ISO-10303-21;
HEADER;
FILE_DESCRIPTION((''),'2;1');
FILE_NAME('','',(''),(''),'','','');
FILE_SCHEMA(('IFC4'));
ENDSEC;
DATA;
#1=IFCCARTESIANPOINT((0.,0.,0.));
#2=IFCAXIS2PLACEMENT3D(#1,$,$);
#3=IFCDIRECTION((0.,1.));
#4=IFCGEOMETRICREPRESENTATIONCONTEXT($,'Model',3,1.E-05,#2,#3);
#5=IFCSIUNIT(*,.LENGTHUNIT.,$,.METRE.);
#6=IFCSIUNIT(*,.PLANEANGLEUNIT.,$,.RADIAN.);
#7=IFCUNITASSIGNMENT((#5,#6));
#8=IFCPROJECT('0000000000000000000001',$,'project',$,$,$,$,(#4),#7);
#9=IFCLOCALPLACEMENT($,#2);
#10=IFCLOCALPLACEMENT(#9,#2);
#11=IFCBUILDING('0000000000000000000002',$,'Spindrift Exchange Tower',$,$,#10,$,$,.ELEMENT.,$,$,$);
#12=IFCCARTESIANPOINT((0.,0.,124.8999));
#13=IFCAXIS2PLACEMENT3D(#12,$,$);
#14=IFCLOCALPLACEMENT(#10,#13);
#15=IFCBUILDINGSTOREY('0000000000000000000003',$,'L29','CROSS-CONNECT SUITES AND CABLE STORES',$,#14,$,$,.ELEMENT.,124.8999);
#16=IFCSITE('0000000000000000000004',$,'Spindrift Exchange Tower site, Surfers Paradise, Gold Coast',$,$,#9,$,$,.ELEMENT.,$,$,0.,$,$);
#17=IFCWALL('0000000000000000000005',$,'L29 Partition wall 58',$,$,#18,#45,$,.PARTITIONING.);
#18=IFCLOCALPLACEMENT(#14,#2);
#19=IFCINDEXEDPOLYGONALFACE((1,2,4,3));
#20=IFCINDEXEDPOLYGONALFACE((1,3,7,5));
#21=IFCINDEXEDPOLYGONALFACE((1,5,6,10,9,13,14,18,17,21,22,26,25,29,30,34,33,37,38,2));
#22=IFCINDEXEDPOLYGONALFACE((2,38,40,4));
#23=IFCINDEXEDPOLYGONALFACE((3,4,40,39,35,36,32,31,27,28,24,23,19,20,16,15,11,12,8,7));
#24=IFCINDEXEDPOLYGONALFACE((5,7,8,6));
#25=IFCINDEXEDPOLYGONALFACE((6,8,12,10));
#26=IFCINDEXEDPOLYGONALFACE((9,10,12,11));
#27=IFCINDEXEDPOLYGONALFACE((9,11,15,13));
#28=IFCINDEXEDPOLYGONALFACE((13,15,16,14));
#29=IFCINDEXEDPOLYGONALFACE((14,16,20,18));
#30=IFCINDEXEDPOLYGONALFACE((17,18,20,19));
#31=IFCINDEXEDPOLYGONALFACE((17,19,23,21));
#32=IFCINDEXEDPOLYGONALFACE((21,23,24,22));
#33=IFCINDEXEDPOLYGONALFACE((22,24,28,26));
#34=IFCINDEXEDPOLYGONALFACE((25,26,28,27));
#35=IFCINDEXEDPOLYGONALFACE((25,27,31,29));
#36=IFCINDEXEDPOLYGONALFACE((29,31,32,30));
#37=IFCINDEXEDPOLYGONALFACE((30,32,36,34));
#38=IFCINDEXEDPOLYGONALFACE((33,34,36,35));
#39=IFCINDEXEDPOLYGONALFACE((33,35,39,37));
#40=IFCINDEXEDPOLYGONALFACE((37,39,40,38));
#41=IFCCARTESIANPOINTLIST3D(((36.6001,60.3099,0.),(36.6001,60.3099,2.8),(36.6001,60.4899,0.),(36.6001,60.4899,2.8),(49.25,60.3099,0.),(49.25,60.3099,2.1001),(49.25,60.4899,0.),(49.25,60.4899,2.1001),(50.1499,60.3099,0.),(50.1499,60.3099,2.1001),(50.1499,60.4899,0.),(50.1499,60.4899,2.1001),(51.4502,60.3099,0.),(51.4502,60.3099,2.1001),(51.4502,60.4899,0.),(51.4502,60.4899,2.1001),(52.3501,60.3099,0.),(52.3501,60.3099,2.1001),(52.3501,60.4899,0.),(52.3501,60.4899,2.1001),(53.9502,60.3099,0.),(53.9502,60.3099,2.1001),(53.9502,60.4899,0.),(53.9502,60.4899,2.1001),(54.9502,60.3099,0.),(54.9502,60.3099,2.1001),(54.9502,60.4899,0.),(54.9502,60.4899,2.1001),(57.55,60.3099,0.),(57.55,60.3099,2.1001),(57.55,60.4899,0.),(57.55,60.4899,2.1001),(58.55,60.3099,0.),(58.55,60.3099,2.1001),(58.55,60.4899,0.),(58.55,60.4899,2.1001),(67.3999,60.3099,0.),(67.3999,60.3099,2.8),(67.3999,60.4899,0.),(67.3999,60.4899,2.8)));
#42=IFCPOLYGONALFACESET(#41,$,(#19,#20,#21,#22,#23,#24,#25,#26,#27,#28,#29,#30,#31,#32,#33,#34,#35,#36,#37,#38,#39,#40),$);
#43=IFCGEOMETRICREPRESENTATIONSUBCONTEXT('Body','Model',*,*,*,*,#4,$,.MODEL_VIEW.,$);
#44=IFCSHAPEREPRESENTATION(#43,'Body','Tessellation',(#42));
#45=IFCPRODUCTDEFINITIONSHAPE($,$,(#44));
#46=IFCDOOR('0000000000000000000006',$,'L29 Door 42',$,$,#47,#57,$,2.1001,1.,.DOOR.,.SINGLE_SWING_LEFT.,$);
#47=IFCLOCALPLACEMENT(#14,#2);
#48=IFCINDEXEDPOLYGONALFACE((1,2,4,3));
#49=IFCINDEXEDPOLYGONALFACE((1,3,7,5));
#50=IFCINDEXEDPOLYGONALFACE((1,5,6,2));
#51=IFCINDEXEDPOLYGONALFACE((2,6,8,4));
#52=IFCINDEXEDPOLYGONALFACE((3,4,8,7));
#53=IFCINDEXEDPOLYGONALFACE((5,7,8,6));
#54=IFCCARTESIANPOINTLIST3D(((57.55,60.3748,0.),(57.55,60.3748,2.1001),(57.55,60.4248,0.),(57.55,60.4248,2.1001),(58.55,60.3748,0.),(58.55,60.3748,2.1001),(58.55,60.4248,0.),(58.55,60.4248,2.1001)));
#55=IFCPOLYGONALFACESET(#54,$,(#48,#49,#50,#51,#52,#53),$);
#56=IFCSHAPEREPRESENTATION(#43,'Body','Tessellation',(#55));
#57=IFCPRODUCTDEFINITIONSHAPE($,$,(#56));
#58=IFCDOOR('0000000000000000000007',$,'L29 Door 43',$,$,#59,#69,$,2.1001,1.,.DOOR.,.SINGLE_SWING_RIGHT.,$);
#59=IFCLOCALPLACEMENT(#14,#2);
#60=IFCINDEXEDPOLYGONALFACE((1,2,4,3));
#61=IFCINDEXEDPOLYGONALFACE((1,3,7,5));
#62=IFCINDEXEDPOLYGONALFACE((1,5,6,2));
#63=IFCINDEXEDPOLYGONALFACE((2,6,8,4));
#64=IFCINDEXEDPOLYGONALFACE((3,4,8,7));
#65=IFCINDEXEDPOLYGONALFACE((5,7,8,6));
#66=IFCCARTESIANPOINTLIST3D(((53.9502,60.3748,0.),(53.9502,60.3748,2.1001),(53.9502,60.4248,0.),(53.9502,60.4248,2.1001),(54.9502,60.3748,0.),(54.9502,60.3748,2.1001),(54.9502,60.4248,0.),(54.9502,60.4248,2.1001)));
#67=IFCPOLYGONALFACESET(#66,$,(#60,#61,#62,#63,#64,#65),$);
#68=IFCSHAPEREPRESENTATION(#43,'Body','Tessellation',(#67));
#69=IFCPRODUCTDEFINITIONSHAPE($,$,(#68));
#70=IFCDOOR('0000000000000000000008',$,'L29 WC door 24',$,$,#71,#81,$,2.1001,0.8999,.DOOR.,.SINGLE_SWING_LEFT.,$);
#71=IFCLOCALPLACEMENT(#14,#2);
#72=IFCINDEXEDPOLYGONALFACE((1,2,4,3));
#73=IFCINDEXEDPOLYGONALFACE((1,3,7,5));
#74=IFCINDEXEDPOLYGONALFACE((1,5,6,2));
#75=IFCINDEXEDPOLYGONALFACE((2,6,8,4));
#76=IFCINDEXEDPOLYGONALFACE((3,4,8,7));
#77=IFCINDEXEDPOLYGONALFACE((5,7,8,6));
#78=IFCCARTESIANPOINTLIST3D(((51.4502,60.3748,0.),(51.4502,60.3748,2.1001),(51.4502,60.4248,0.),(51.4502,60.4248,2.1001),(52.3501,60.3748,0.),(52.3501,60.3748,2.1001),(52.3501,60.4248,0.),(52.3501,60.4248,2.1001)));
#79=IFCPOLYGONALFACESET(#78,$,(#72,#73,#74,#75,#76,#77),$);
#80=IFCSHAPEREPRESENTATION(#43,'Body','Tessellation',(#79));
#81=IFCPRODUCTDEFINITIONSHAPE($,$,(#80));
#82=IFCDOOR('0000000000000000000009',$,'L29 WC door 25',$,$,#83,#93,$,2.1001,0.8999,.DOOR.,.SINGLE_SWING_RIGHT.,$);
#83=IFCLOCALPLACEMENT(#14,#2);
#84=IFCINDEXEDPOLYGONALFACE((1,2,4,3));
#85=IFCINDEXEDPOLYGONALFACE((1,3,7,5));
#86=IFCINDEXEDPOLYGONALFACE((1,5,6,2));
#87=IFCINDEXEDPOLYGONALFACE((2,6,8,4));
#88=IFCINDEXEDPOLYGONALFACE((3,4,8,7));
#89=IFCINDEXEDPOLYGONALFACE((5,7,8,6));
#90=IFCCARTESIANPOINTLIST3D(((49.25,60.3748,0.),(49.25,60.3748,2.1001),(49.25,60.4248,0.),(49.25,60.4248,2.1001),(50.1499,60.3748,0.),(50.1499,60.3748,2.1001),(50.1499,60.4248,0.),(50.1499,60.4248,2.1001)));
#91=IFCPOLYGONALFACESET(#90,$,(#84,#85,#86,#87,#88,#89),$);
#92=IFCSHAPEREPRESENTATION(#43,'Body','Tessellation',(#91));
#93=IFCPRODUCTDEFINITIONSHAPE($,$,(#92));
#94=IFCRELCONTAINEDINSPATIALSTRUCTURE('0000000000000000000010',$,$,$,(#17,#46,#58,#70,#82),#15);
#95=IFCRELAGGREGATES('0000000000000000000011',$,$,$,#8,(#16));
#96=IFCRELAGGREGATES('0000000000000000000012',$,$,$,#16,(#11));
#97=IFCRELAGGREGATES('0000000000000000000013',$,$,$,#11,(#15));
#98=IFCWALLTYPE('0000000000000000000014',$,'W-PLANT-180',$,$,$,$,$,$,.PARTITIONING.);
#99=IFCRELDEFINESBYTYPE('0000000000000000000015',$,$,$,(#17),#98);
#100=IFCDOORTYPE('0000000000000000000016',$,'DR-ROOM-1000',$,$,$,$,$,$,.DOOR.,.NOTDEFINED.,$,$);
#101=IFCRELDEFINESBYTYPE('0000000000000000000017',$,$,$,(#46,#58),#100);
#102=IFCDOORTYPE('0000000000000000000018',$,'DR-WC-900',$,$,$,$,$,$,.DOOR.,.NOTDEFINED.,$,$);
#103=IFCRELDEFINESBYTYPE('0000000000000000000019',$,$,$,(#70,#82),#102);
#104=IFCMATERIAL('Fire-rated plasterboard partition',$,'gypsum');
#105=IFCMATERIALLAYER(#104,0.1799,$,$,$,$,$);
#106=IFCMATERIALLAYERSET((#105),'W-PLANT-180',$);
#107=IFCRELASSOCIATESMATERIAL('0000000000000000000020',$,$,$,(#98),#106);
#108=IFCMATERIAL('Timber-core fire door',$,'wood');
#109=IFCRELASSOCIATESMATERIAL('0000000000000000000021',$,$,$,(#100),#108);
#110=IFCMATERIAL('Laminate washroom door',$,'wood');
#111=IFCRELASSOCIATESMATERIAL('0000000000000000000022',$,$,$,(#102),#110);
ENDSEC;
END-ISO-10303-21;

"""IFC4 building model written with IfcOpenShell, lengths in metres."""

from ifc_helpers import new_model, si_unit, direction, frame, frame_2d, origin, place, context, subcontext, project, spatial, rectangle, extrude, source, transform, mapped, material, layer, layer_set, type_object, element, fill, save


model = new_model("IFC4")

# Units and contexts
model_context = context("Model", 3, precision=1e-05, world=origin(), true_north=direction((0.0, 1.0)))
body_context = subcontext(model_context, "Body", "Model", "MODEL_VIEW")
ifc_project = project(units=[si_unit("LENGTHUNIT", "METRE"), si_unit("PLANEANGLEUNIT", "RADIAN")], contexts=[model_context])

# Site, building, storey
site_placement = place(None, origin())
site = spatial("IfcSite", under=ifc_project, at=site_placement, Name="Spindrift Exchange Tower site, Surfers Paradise, Gold Coast", CompositionType="ELEMENT", RefElevation=0.0)
building_placement = place(site_placement, origin())
building = spatial("IfcBuilding", under=site, at=building_placement, Name="Spindrift Exchange Tower", CompositionType="ELEMENT")
storey_placement = place(building_placement, frame((0.0, 0.0, 124.8999)))
storey = spatial("IfcBuildingStorey", under=building, at=storey_placement, Name="L29", Description="CROSS-CONNECT SUITES AND CABLE STORES", CompositionType="ELEMENT", Elevation=124.8999)

# Shared definitions
ifc_material_1 = material(Name="Timber-core fire door", Category="wood")

# Wall, openings, doors
ifc_material_2 = material(Name="Fire-rated plasterboard partition", Category="gypsum")
ifc_layer_1 = layer(ifc_material_2, 0.1799)
ifc_layer_set_1 = layer_set([ifc_layer_1], Name="W-PLANT-180")
wall_type_1 = type_object("IfcWallType", Name="W-PLANT-180", PredefinedType="PARTITIONING", material=ifc_layer_set_1)
wall_1_placement = place(storey_placement, frame((36.6001, 60.3999, 0.0), z_axis=(0.0, 0.0, 1.0), x_axis=(1.0, 0.0, 0.0)))
wall_1 = element("IfcWall", 1, at=wall_1_placement, inside=storey, type_object=wall_type_1, Name="L29 Partition wall 58", PredefinedType="PARTITIONING", context=body_context, shape_type="SweptSolid", body=[
    extrude(rectangle(XDim=30.7998, YDim=0.1799, at=frame_2d((15.3999, 0.0))), origin(), (0.0, 0.0, 1.0), 2.8),
])
opening_1_placement = place(wall_1_placement, frame((14.8501, 0.0, 0.0)))
opening_1 = element("IfcOpeningElement", 2, at=opening_1_placement, cuts=wall_1, PredefinedType="OPENING", context=body_context, shape_type="SweptSolid", body=[
    extrude(rectangle(XDim=0.8999, YDim=2.1001, at=frame_2d((0.45, 1.05))), frame((0.0, 0.0999, 0.0), z_axis=(0.0, -1.0, 0.0), x_axis=(1.0, 0.0, 0.0)), (0.0, 0.0, 1.0), 0.2),
])
opening_2_placement = place(wall_1_placement, frame((12.6499, 0.0, 0.0)))
opening_2 = element("IfcOpeningElement", 3, at=opening_2_placement, cuts=wall_1, PredefinedType="OPENING", context=body_context, shape_type="SweptSolid", body=[
    extrude(rectangle(XDim=0.8999, YDim=2.1001, at=frame_2d((0.45, 1.05))), frame((0.0, 0.0999, 0.0), z_axis=(0.0, -1.0, 0.0), x_axis=(1.0, 0.0, 0.0)), (0.0, 0.0, 1.0), 0.2),
])
opening_3_placement = place(wall_1_placement, frame((20.95, 0.0, 0.0)))
opening_3 = element("IfcOpeningElement", 4, at=opening_3_placement, cuts=wall_1, PredefinedType="OPENING", context=body_context, shape_type="SweptSolid", body=[
    extrude(rectangle(XDim=1.0, YDim=2.1001, at=frame_2d((0.5, 1.05))), frame((0.0, 0.0999, 0.0), z_axis=(0.0, -1.0, 0.0), x_axis=(1.0, 0.0, 0.0)), (0.0, 0.0, 1.0), 0.2),
])
opening_4_placement = place(wall_1_placement, frame((17.3501, 0.0, 0.0)))
opening_4 = element("IfcOpeningElement", 5, at=opening_4_placement, cuts=wall_1, PredefinedType="OPENING", context=body_context, shape_type="SweptSolid", body=[
    extrude(rectangle(XDim=1.0, YDim=2.1001, at=frame_2d((0.5, 1.05))), frame((0.0, 0.0999, 0.0), z_axis=(0.0, -1.0, 0.0), x_axis=(1.0, 0.0, 0.0)), (0.0, 0.0, 1.0), 0.2),
])
door_type_1 = type_object("IfcDoorType", Name="DR-ROOM-1000", OperationType="NOTDEFINED", PredefinedType="DOOR", material=ifc_material_1)
shared_shape_1 = source(origin(), body_context, "Body", "SweptSolid", [
    extrude(rectangle(XDim=1.0, YDim=2.1001, at=frame_2d((0.5, 1.05))), frame((0.0, 0.0249, 0.0), z_axis=(0.0, -1.0, 0.0), x_axis=(1.0, 0.0, 0.0)), (0.0, 0.0, 1.0), 0.05),
])
door_1_placement = place(opening_3_placement, origin())
door_1 = element("IfcDoor", 6, at=door_1_placement, inside=storey, type_object=door_type_1, Name="L29 Door 42", OperationType="SINGLE_SWING_LEFT", OverallHeight=2.1001, OverallWidth=1.0, PredefinedType="DOOR", context=body_context, shape_type="MappedRepresentation", body=[
    mapped(shared_shape_1, transform((0.0, 0.0, 0.0), scale=1.0)),
])
fill(opening_3, door_1)
door_2_placement = place(opening_4_placement, origin())
door_2 = element("IfcDoor", 7, at=door_2_placement, inside=storey, type_object=door_type_1, Name="L29 Door 43", OperationType="SINGLE_SWING_RIGHT", OverallHeight=2.1001, OverallWidth=1.0, PredefinedType="DOOR", context=body_context, shape_type="MappedRepresentation", body=[
    mapped(shared_shape_1, transform((0.0, 0.0, 0.0), scale=1.0)),
])
fill(opening_4, door_2)
ifc_material_3 = material(Name="Laminate washroom door", Category="wood")
door_type_2 = type_object("IfcDoorType", Name="DR-WC-900", OperationType="NOTDEFINED", PredefinedType="DOOR", material=ifc_material_3)
shared_shape_2 = source(origin(), body_context, "Body", "SweptSolid", [
    extrude(rectangle(XDim=0.8999, YDim=2.1001, at=frame_2d((0.45, 1.05))), frame((0.0, 0.0249, 0.0), z_axis=(0.0, -1.0, 0.0), x_axis=(1.0, 0.0, 0.0)), (0.0, 0.0, 1.0), 0.05),
])
door_3_placement = place(opening_1_placement, origin())
door_3 = element("IfcDoor", 8, at=door_3_placement, inside=storey, type_object=door_type_2, Name="L29 WC door 24", OperationType="SINGLE_SWING_LEFT", OverallHeight=2.1001, OverallWidth=0.8999, PredefinedType="DOOR", context=body_context, shape_type="MappedRepresentation", body=[
    mapped(shared_shape_2, transform((0.0, 0.0, 0.0), scale=1.0)),
])
fill(opening_1, door_3)
door_4_placement = place(opening_2_placement, origin())
door_4 = element("IfcDoor", 9, at=door_4_placement, inside=storey, type_object=door_type_2, Name="L29 WC door 25", OperationType="SINGLE_SWING_RIGHT", OverallHeight=2.1001, OverallWidth=0.8999, PredefinedType="DOOR", context=body_context, shape_type="MappedRepresentation", body=[
    mapped(shared_shape_2, transform((0.0, 0.0, 0.0), scale=1.0)),
])
fill(opening_2, door_4)

save(model, "model.ifc")
